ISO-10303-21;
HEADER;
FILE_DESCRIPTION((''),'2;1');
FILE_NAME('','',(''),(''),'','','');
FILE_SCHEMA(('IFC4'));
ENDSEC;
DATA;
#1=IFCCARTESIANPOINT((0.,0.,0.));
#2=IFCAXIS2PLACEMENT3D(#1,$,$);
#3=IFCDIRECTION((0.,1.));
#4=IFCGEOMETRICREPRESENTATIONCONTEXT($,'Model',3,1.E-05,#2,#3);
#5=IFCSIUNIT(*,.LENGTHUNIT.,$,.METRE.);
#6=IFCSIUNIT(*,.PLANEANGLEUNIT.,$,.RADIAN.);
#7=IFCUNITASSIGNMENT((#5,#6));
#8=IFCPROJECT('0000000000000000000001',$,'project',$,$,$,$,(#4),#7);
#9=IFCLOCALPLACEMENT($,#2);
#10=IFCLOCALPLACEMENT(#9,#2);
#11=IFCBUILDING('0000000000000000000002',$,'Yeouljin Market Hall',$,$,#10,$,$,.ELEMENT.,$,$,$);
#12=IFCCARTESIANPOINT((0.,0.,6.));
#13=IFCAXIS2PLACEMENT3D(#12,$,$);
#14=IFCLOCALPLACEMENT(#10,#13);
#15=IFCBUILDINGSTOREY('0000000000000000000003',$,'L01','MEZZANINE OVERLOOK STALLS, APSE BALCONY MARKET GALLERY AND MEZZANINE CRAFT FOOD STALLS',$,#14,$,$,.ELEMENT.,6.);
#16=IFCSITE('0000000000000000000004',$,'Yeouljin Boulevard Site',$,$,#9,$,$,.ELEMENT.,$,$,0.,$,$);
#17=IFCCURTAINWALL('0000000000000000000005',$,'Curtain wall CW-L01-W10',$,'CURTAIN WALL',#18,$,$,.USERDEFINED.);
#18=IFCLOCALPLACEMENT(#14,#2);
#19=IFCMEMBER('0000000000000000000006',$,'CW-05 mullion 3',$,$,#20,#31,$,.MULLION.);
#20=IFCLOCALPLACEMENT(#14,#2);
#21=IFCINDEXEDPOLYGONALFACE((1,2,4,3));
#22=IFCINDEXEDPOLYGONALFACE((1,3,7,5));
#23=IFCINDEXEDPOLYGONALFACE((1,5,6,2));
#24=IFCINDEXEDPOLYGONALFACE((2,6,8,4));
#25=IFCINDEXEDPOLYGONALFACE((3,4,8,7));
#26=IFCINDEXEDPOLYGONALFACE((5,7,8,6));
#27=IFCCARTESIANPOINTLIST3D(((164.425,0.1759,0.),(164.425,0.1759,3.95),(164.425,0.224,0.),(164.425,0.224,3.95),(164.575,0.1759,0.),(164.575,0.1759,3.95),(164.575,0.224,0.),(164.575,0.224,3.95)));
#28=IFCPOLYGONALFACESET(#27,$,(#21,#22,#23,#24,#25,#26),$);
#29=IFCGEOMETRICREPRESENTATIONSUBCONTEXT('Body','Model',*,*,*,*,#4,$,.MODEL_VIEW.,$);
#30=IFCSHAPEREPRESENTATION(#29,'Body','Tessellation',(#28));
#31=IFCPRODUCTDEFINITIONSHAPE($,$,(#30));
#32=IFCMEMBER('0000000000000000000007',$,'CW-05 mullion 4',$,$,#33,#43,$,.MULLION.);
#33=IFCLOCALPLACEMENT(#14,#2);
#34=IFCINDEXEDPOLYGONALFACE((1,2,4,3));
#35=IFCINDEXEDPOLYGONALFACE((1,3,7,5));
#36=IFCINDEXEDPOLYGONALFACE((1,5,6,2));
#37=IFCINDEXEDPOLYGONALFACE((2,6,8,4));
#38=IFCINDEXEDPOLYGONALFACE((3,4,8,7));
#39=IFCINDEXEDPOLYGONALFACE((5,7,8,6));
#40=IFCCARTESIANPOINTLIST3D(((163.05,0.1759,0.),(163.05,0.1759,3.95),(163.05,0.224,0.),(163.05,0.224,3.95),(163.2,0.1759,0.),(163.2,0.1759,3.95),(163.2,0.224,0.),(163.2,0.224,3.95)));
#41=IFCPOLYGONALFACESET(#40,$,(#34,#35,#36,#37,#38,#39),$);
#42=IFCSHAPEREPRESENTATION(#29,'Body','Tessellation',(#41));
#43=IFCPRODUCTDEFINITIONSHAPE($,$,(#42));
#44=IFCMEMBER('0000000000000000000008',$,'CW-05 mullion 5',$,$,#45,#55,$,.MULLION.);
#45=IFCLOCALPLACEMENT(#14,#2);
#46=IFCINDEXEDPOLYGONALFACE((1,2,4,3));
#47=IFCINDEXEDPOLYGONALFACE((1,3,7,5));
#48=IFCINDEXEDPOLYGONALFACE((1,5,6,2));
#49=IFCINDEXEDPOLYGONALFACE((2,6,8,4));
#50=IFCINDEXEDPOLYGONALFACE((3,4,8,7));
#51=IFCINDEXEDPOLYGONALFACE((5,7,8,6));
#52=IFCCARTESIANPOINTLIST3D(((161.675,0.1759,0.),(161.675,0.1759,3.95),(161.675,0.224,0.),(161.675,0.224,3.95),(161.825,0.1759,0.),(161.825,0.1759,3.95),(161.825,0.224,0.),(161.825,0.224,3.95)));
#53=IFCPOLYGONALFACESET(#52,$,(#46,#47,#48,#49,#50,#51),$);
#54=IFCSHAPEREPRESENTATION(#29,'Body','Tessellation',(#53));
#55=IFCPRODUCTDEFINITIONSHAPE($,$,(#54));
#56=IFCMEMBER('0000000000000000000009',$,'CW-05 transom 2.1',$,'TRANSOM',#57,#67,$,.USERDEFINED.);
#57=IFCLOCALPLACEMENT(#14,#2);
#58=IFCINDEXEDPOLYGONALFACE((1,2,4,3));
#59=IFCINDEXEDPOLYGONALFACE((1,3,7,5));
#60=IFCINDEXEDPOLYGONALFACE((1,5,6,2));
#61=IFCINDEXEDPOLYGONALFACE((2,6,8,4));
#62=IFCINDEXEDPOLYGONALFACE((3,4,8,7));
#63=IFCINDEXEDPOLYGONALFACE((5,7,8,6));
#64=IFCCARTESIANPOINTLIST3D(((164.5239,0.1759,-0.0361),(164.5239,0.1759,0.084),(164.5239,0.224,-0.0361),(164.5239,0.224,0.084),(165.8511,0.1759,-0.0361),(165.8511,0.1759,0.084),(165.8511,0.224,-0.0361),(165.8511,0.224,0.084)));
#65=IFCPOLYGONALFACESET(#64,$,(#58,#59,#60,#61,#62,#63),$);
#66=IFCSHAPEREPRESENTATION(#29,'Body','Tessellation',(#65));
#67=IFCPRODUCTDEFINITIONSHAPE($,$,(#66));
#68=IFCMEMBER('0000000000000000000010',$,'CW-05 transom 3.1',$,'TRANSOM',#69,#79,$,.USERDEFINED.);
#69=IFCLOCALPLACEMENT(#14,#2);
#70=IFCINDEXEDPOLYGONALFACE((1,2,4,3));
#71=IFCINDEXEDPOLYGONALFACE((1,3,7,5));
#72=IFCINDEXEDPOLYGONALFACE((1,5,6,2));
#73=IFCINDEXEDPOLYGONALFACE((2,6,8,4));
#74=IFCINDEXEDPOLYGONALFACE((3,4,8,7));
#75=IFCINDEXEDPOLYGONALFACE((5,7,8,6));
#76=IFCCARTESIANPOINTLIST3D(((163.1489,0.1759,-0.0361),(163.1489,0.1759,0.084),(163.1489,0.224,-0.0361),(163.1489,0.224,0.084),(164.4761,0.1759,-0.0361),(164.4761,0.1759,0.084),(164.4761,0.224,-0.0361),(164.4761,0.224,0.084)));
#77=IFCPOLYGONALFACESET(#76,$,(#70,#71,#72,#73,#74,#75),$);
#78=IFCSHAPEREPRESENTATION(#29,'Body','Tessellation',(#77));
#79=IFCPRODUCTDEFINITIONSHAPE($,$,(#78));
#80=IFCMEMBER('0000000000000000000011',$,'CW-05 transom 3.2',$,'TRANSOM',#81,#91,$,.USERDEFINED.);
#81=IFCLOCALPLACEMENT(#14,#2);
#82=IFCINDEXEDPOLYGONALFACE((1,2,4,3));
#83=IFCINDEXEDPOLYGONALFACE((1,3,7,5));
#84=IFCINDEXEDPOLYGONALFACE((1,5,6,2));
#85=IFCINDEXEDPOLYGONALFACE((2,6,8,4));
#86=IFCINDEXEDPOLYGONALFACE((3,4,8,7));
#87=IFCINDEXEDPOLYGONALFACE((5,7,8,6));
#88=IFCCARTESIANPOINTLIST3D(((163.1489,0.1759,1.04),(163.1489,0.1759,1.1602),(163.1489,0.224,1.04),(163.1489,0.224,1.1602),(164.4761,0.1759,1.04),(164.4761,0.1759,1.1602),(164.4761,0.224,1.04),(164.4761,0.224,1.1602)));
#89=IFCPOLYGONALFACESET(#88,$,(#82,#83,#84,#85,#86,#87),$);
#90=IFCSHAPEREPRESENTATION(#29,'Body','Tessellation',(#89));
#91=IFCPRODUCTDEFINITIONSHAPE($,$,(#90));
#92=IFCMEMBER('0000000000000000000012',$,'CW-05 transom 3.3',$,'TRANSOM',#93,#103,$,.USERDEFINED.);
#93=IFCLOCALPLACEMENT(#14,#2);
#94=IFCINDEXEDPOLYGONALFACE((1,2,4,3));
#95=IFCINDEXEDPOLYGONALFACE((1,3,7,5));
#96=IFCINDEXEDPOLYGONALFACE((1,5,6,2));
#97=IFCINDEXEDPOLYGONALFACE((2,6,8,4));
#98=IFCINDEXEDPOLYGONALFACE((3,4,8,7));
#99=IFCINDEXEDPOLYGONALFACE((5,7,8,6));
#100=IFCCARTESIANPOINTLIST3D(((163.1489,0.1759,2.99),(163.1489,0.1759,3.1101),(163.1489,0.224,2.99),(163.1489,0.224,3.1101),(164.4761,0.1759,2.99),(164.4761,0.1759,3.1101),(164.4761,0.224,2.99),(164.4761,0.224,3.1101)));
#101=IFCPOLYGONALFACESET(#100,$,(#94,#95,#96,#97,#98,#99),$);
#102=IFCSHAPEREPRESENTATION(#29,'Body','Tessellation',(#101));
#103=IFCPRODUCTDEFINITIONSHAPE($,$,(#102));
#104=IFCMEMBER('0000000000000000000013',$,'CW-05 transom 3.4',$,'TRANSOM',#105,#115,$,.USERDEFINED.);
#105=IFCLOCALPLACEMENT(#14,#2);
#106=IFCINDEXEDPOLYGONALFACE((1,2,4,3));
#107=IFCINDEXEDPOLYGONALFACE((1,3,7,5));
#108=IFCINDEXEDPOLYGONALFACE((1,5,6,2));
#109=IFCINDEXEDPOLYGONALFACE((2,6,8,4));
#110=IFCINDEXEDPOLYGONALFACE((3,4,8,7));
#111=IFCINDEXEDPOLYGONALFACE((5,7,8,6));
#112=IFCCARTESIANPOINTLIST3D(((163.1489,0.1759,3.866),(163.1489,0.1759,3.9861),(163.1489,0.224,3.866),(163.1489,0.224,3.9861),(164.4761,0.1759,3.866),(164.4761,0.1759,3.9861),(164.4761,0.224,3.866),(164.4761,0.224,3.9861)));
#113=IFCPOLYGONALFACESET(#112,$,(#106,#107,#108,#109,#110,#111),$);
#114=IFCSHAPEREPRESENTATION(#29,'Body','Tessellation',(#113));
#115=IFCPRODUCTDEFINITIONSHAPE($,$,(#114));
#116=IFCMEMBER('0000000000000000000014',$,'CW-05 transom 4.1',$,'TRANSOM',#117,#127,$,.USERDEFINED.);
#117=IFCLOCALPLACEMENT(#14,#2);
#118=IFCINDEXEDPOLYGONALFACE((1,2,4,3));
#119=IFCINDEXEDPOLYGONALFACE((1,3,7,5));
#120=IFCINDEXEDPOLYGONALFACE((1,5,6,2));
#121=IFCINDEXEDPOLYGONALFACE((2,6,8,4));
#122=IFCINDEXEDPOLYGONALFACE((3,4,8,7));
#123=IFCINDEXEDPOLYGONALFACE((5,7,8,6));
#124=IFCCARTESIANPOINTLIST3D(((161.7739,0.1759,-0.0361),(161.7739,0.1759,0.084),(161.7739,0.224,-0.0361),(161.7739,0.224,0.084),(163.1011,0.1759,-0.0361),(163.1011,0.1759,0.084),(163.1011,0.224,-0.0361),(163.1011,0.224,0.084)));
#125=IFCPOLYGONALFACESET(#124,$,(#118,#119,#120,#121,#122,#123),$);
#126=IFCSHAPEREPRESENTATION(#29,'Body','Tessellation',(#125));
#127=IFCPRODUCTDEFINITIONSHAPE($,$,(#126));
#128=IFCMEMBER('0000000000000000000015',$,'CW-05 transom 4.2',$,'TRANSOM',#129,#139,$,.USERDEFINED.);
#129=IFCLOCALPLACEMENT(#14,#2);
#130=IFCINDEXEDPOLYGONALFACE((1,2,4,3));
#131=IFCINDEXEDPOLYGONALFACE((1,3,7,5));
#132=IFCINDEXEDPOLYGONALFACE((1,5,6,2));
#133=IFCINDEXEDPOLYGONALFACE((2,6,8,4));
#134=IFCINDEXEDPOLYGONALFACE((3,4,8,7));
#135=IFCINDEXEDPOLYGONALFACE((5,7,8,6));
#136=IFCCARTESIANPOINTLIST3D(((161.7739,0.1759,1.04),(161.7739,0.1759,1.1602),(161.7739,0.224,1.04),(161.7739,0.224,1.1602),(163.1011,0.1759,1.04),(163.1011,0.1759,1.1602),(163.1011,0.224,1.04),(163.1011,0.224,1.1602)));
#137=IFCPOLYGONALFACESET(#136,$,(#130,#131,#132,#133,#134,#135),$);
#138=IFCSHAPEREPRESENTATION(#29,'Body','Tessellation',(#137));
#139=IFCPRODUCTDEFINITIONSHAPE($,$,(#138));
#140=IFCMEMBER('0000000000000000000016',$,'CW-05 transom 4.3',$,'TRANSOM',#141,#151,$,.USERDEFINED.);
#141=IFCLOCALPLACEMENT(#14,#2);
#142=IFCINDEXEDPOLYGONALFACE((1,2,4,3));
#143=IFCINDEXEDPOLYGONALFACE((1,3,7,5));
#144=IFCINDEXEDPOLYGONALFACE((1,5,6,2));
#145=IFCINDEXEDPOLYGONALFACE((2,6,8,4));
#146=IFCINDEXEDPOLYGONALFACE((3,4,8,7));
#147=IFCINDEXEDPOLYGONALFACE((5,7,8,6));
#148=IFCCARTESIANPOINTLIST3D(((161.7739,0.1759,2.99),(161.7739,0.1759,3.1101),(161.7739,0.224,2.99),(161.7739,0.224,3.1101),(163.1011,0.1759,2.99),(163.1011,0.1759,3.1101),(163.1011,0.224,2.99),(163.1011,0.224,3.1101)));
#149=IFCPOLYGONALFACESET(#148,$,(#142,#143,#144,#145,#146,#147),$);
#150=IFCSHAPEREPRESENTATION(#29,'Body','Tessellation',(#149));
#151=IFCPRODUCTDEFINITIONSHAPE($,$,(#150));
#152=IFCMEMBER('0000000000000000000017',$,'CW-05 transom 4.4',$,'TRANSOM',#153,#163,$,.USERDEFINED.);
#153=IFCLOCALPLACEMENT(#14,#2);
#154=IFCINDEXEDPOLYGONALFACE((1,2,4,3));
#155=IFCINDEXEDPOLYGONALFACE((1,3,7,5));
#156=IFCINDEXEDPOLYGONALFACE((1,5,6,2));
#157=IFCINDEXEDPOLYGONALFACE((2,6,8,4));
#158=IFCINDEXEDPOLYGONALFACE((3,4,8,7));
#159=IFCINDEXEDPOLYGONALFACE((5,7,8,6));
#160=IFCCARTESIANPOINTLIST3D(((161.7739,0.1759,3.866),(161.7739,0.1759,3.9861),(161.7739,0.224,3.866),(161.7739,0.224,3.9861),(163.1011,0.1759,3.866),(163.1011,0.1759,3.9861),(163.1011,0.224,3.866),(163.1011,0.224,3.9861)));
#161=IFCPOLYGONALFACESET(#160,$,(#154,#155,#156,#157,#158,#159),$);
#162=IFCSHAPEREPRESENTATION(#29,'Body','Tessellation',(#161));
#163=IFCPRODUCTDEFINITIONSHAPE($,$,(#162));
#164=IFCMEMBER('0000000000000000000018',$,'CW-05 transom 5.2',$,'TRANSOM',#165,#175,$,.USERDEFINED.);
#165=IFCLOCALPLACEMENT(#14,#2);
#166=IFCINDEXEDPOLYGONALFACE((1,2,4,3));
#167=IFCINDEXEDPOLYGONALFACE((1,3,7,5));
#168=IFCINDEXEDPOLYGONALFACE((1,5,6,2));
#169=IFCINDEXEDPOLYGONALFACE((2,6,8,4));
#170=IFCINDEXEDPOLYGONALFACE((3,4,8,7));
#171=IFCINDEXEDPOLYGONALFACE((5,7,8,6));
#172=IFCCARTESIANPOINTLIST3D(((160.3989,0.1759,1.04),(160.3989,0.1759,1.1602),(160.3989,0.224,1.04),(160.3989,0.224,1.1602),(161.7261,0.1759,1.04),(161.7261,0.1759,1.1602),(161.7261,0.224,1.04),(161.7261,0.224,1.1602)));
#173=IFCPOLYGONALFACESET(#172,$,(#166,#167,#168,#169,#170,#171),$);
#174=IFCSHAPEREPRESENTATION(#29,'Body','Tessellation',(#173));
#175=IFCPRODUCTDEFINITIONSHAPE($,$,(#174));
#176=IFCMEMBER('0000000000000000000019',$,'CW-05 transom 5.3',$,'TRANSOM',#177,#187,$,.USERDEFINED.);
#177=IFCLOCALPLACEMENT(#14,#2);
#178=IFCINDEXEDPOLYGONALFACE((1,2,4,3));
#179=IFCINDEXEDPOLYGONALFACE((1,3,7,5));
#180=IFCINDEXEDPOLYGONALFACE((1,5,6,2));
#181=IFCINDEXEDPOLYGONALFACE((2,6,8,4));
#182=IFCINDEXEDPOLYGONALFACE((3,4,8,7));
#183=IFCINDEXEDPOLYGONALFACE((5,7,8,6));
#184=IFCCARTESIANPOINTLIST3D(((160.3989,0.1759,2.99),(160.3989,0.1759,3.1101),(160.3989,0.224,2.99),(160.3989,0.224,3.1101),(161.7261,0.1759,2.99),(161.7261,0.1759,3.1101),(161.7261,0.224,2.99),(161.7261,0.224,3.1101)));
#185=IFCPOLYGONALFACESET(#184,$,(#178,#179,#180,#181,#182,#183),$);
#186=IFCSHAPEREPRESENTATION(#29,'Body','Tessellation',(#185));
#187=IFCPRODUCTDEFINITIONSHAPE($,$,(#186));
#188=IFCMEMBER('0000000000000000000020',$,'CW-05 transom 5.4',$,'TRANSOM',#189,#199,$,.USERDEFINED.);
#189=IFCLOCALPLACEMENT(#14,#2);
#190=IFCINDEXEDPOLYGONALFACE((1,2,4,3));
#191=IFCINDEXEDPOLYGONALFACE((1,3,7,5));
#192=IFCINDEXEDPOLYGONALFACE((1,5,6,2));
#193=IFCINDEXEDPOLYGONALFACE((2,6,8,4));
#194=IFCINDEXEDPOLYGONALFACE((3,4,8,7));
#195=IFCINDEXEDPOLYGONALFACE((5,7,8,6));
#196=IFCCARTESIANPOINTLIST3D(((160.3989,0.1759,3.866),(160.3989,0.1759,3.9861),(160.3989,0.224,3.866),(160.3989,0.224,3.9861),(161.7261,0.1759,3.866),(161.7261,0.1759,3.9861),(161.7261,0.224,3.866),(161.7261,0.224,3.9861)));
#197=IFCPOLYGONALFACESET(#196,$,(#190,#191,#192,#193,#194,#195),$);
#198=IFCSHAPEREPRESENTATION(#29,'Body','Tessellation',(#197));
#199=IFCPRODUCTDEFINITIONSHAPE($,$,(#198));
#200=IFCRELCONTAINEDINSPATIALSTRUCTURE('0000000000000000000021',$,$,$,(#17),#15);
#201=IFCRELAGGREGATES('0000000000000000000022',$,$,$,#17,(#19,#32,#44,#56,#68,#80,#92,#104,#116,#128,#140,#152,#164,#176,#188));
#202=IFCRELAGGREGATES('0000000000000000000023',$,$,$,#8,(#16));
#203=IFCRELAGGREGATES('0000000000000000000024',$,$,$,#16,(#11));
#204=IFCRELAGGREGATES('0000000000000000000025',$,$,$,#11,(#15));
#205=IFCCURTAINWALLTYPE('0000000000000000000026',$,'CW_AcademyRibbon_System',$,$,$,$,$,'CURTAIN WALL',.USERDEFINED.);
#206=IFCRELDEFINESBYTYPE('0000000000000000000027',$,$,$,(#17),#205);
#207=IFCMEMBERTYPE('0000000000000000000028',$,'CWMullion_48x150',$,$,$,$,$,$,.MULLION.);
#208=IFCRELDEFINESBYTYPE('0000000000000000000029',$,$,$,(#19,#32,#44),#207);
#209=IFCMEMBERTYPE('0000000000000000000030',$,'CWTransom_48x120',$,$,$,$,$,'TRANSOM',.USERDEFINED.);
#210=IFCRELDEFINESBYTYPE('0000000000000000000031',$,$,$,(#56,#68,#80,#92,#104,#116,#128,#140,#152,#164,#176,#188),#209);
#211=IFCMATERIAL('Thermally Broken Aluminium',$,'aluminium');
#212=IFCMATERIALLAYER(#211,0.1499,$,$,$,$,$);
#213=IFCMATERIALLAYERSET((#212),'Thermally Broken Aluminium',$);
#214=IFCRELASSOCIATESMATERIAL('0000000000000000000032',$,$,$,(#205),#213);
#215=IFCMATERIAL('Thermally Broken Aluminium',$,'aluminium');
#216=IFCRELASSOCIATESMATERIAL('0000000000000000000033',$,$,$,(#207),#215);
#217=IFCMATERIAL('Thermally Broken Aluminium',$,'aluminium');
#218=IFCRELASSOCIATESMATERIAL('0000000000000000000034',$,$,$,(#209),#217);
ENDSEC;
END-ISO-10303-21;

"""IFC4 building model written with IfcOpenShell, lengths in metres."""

from ifc_helpers import new_model, si_unit, direction, frame, origin, origin_2d, place, context, subcontext, project, spatial, rectangle, extrude, material, layer, layer_set, material_profile, profile_set, type_object, element, aggregate, save


model = new_model("IFC4")

# Units and contexts
model_context = context("Model", 3, precision=1e-05, world=origin(), true_north=direction((0.0, 1.0)))
body_context = subcontext(model_context, "Body", "Model", "MODEL_VIEW")
ifc_project = project(units=[si_unit("LENGTHUNIT", "METRE"), si_unit("PLANEANGLEUNIT", "RADIAN")], contexts=[model_context])

# Site, building, storey
site_placement = place(None, origin())
site = spatial("IfcSite", under=ifc_project, at=site_placement, Name="Yeouljin Boulevard Site", CompositionType="ELEMENT", RefElevation=0.0)
building_placement = place(site_placement, origin())
building = spatial("IfcBuilding", under=site, at=building_placement, Name="Yeouljin Market Hall", CompositionType="ELEMENT")
storey_placement = place(building_placement, frame((0.0, 0.0, 6.0)))
storey = spatial("IfcBuildingStorey", under=building, at=storey_placement, Name="L01", Description="MEZZANINE OVERLOOK STALLS, APSE BALCONY MARKET GALLERY AND MEZZANINE CRAFT FOOD STALLS", CompositionType="ELEMENT", Elevation=6.0)

# Curtain wall, members
ifc_material_1 = material(Name="Thermally Broken Aluminium", Category="aluminium")
ifc_layer_1 = layer(ifc_material_1, 0.1499)
ifc_layer_set_1 = layer_set([ifc_layer_1], Name="Thermally Broken Aluminium")
curtain_wall_type = type_object("IfcCurtainWallType", Name="CW_AcademyRibbon_System", ElementType="CURTAIN WALL", PredefinedType="USERDEFINED", material=ifc_layer_set_1)
curtain_wall_placement = place(storey_placement, origin())
curtain_wall = element("IfcCurtainWall", 1, at=curtain_wall_placement, inside=storey, type_object=curtain_wall_type, Name="Curtain wall CW-L01-W10", ObjectType="CURTAIN WALL", PredefinedType="USERDEFINED")
ifc_material_2 = material(Name="Thermally Broken Aluminium", Category="aluminium")
ifc_material_profile_1 = material_profile(ifc_material_2, rectangle(XDim=0.0481, YDim=0.1499, at=origin_2d()), Name="CW-MULL-48x150")
ifc_profile_set_1 = profile_set([ifc_material_profile_1], Name="Thermally Broken Aluminium")
member_type_1 = type_object("IfcMemberType", Name="CWMullion_48x150", PredefinedType="MULLION", material=ifc_profile_set_1)
member_1_placement = place(storey_placement, frame((164.5, 0.2, 0.0), z_axis=(0.0, 0.0, 1.0), x_axis=(0.0, -1.0, 0.0)))
member_1 = element("IfcMember", 2, at=member_1_placement, type_object=member_type_1, Name="CW-05 mullion 3", PredefinedType="MULLION", context=body_context, shape_type="SweptSolid", body=[
    extrude(rectangle(XDim=0.0481, YDim=0.1499, at=origin_2d()), origin(), (0.0, 0.0, 1.0), 3.95),
])
member_2_placement = place(storey_placement, frame((163.125, 0.2, 0.0), z_axis=(0.0, 0.0, 1.0), x_axis=(0.0, -1.0, 0.0)))
member_2 = element("IfcMember", 3, at=member_2_placement, type_object=member_type_1, Name="CW-05 mullion 4", PredefinedType="MULLION", context=body_context, shape_type="SweptSolid", body=[
    extrude(rectangle(XDim=0.0481, YDim=0.1499, at=origin_2d()), origin(), (0.0, 0.0, 1.0), 3.95),
])
member_3_placement = place(storey_placement, frame((161.75, 0.2, 0.0), z_axis=(0.0, 0.0, 1.0), x_axis=(0.0, -1.0, 0.0)))
member_3 = element("IfcMember", 4, at=member_3_placement, type_object=member_type_1, Name="CW-05 mullion 5", PredefinedType="MULLION", context=body_context, shape_type="SweptSolid", body=[
    extrude(rectangle(XDim=0.0481, YDim=0.1499, at=origin_2d()), origin(), (0.0, 0.0, 1.0), 3.95),
])
ifc_material_3 = material(Name="Thermally Broken Aluminium", Category="aluminium")
ifc_material_profile_2 = material_profile(ifc_material_3, rectangle(XDim=0.0481, YDim=0.1201, at=origin_2d()), Name="CW-TRAN-48x120")
ifc_profile_set_2 = profile_set([ifc_material_profile_2], Name="Thermally Broken Aluminium")
member_type_2 = type_object("IfcMemberType", Name="CWTransom_48x120", ElementType="TRANSOM", PredefinedType="USERDEFINED", material=ifc_profile_set_2)
member_4_placement = place(storey_placement, frame((165.8511, 0.2, 0.0239), z_axis=(-1.0, 0.0, 0.0), x_axis=(0.0, -1.0, 0.0)))
member_4 = element("IfcMember", 5, at=member_4_placement, type_object=member_type_2, Name="CW-05 transom 2.1", ObjectType="TRANSOM", PredefinedType="USERDEFINED", context=body_context, shape_type="SweptSolid", body=[
    extrude(rectangle(XDim=0.0481, YDim=0.1201, at=origin_2d()), origin(), (0.0, 0.0, 1.0), 1.3271),
])
member_5_placement = place(storey_placement, frame((164.4761, 0.2, 0.0239), z_axis=(-1.0, 0.0, 0.0), x_axis=(0.0, -1.0, 0.0)))
member_5 = element("IfcMember", 6, at=member_5_placement, type_object=member_type_2, Name="CW-05 transom 3.1", ObjectType="TRANSOM", PredefinedType="USERDEFINED", context=body_context, shape_type="SweptSolid", body=[
    extrude(rectangle(XDim=0.0481, YDim=0.1201, at=origin_2d()), origin(), (0.0, 0.0, 1.0), 1.3271),
])
member_6_placement = place(storey_placement, frame((164.4761, 0.2, 1.1001), z_axis=(-1.0, 0.0, 0.0), x_axis=(0.0, -1.0, 0.0)))
member_6 = element("IfcMember", 7, at=member_6_placement, type_object=member_type_2, Name="CW-05 transom 3.2", ObjectType="TRANSOM", PredefinedType="USERDEFINED", context=body_context, shape_type="SweptSolid", body=[
    extrude(rectangle(XDim=0.0481, YDim=0.1201, at=origin_2d()), origin(), (0.0, 0.0, 1.0), 1.3271),
])
member_7_placement = place(storey_placement, frame((164.4761, 0.2, 3.05), z_axis=(-1.0, 0.0, 0.0), x_axis=(0.0, -1.0, 0.0)))
member_7 = element("IfcMember", 8, at=member_7_placement, type_object=member_type_2, Name="CW-05 transom 3.3", ObjectType="TRANSOM", PredefinedType="USERDEFINED", context=body_context, shape_type="SweptSolid", body=[
    extrude(rectangle(XDim=0.0481, YDim=0.1201, at=origin_2d()), origin(), (0.0, 0.0, 1.0), 1.3271),
])
member_8_placement = place(storey_placement, frame((164.4761, 0.2, 3.926), z_axis=(-1.0, 0.0, 0.0), x_axis=(0.0, -1.0, 0.0)))
member_8 = element("IfcMember", 9, at=member_8_placement, type_object=member_type_2, Name="CW-05 transom 3.4", ObjectType="TRANSOM", PredefinedType="USERDEFINED", context=body_context, shape_type="SweptSolid", body=[
    extrude(rectangle(XDim=0.0481, YDim=0.1201, at=origin_2d()), origin(), (0.0, 0.0, 1.0), 1.3271),
])
member_9_placement = place(storey_placement, frame((163.1011, 0.2, 0.0239), z_axis=(-1.0, 0.0, 0.0), x_axis=(0.0, -1.0, 0.0)))
member_9 = element("IfcMember", 10, at=member_9_placement, type_object=member_type_2, Name="CW-05 transom 4.1", ObjectType="TRANSOM", PredefinedType="USERDEFINED", context=body_context, shape_type="SweptSolid", body=[
    extrude(rectangle(XDim=0.0481, YDim=0.1201, at=origin_2d()), origin(), (0.0, 0.0, 1.0), 1.3271),
])
member_10_placement = place(storey_placement, frame((163.1011, 0.2, 1.1001), z_axis=(-1.0, 0.0, 0.0), x_axis=(0.0, -1.0, 0.0)))
member_10 = element("IfcMember", 11, at=member_10_placement, type_object=member_type_2, Name="CW-05 transom 4.2", ObjectType="TRANSOM", PredefinedType="USERDEFINED", context=body_context, shape_type="SweptSolid", body=[
    extrude(rectangle(XDim=0.0481, YDim=0.1201, at=origin_2d()), origin(), (0.0, 0.0, 1.0), 1.3271),
])
member_11_placement = place(storey_placement, frame((163.1011, 0.2, 3.05), z_axis=(-1.0, 0.0, 0.0), x_axis=(0.0, -1.0, 0.0)))
member_11 = element("IfcMember", 12, at=member_11_placement, type_object=member_type_2, Name="CW-05 transom 4.3", ObjectType="TRANSOM", PredefinedType="USERDEFINED", context=body_context, shape_type="SweptSolid", body=[
    extrude(rectangle(XDim=0.0481, YDim=0.1201, at=origin_2d()), origin(), (0.0, 0.0, 1.0), 1.3271),
])
member_12_placement = place(storey_placement, frame((163.1011, 0.2, 3.926), z_axis=(-1.0, 0.0, 0.0), x_axis=(0.0, -1.0, 0.0)))
member_12 = element("IfcMember", 13, at=member_12_placement, type_object=member_type_2, Name="CW-05 transom 4.4", ObjectType="TRANSOM", PredefinedType="USERDEFINED", context=body_context, shape_type="SweptSolid", body=[
    extrude(rectangle(XDim=0.0481, YDim=0.1201, at=origin_2d()), origin(), (0.0, 0.0, 1.0), 1.3271),
])
member_13_placement = place(storey_placement, frame((161.7261, 0.2, 1.1001), z_axis=(-1.0, 0.0, 0.0), x_axis=(0.0, -1.0, 0.0)))
member_13 = element("IfcMember", 14, at=member_13_placement, type_object=member_type_2, Name="CW-05 transom 5.2", ObjectType="TRANSOM", PredefinedType="USERDEFINED", context=body_context, shape_type="SweptSolid", body=[
    extrude(rectangle(XDim=0.0481, YDim=0.1201, at=origin_2d()), origin(), (0.0, 0.0, 1.0), 1.3271),
])
member_14_placement = place(storey_placement, frame((161.7261, 0.2, 3.05), z_axis=(-1.0, 0.0, 0.0), x_axis=(0.0, -1.0, 0.0)))
member_14 = element("IfcMember", 15, at=member_14_placement, type_object=member_type_2, Name="CW-05 transom 5.3", ObjectType="TRANSOM", PredefinedType="USERDEFINED", context=body_context, shape_type="SweptSolid", body=[
    extrude(rectangle(XDim=0.0481, YDim=0.1201, at=origin_2d()), origin(), (0.0, 0.0, 1.0), 1.3271),
])
member_15_placement = place(storey_placement, frame((161.7261, 0.2, 3.926), z_axis=(-1.0, 0.0, 0.0), x_axis=(0.0, -1.0, 0.0)))
member_15 = element("IfcMember", 16, at=member_15_placement, type_object=member_type_2, Name="CW-05 transom 5.4", ObjectType="TRANSOM", PredefinedType="USERDEFINED", context=body_context, shape_type="SweptSolid", body=[
    extrude(rectangle(XDim=0.0481, YDim=0.1201, at=origin_2d()), origin(), (0.0, 0.0, 1.0), 1.3271),
])

aggregate(curtain_wall, [member_1, member_2, member_3, member_4, member_5, member_6, member_7, member_8, member_9, member_10, member_11, member_12, member_13, member_14, member_15])

save(model, "model.ifc")
